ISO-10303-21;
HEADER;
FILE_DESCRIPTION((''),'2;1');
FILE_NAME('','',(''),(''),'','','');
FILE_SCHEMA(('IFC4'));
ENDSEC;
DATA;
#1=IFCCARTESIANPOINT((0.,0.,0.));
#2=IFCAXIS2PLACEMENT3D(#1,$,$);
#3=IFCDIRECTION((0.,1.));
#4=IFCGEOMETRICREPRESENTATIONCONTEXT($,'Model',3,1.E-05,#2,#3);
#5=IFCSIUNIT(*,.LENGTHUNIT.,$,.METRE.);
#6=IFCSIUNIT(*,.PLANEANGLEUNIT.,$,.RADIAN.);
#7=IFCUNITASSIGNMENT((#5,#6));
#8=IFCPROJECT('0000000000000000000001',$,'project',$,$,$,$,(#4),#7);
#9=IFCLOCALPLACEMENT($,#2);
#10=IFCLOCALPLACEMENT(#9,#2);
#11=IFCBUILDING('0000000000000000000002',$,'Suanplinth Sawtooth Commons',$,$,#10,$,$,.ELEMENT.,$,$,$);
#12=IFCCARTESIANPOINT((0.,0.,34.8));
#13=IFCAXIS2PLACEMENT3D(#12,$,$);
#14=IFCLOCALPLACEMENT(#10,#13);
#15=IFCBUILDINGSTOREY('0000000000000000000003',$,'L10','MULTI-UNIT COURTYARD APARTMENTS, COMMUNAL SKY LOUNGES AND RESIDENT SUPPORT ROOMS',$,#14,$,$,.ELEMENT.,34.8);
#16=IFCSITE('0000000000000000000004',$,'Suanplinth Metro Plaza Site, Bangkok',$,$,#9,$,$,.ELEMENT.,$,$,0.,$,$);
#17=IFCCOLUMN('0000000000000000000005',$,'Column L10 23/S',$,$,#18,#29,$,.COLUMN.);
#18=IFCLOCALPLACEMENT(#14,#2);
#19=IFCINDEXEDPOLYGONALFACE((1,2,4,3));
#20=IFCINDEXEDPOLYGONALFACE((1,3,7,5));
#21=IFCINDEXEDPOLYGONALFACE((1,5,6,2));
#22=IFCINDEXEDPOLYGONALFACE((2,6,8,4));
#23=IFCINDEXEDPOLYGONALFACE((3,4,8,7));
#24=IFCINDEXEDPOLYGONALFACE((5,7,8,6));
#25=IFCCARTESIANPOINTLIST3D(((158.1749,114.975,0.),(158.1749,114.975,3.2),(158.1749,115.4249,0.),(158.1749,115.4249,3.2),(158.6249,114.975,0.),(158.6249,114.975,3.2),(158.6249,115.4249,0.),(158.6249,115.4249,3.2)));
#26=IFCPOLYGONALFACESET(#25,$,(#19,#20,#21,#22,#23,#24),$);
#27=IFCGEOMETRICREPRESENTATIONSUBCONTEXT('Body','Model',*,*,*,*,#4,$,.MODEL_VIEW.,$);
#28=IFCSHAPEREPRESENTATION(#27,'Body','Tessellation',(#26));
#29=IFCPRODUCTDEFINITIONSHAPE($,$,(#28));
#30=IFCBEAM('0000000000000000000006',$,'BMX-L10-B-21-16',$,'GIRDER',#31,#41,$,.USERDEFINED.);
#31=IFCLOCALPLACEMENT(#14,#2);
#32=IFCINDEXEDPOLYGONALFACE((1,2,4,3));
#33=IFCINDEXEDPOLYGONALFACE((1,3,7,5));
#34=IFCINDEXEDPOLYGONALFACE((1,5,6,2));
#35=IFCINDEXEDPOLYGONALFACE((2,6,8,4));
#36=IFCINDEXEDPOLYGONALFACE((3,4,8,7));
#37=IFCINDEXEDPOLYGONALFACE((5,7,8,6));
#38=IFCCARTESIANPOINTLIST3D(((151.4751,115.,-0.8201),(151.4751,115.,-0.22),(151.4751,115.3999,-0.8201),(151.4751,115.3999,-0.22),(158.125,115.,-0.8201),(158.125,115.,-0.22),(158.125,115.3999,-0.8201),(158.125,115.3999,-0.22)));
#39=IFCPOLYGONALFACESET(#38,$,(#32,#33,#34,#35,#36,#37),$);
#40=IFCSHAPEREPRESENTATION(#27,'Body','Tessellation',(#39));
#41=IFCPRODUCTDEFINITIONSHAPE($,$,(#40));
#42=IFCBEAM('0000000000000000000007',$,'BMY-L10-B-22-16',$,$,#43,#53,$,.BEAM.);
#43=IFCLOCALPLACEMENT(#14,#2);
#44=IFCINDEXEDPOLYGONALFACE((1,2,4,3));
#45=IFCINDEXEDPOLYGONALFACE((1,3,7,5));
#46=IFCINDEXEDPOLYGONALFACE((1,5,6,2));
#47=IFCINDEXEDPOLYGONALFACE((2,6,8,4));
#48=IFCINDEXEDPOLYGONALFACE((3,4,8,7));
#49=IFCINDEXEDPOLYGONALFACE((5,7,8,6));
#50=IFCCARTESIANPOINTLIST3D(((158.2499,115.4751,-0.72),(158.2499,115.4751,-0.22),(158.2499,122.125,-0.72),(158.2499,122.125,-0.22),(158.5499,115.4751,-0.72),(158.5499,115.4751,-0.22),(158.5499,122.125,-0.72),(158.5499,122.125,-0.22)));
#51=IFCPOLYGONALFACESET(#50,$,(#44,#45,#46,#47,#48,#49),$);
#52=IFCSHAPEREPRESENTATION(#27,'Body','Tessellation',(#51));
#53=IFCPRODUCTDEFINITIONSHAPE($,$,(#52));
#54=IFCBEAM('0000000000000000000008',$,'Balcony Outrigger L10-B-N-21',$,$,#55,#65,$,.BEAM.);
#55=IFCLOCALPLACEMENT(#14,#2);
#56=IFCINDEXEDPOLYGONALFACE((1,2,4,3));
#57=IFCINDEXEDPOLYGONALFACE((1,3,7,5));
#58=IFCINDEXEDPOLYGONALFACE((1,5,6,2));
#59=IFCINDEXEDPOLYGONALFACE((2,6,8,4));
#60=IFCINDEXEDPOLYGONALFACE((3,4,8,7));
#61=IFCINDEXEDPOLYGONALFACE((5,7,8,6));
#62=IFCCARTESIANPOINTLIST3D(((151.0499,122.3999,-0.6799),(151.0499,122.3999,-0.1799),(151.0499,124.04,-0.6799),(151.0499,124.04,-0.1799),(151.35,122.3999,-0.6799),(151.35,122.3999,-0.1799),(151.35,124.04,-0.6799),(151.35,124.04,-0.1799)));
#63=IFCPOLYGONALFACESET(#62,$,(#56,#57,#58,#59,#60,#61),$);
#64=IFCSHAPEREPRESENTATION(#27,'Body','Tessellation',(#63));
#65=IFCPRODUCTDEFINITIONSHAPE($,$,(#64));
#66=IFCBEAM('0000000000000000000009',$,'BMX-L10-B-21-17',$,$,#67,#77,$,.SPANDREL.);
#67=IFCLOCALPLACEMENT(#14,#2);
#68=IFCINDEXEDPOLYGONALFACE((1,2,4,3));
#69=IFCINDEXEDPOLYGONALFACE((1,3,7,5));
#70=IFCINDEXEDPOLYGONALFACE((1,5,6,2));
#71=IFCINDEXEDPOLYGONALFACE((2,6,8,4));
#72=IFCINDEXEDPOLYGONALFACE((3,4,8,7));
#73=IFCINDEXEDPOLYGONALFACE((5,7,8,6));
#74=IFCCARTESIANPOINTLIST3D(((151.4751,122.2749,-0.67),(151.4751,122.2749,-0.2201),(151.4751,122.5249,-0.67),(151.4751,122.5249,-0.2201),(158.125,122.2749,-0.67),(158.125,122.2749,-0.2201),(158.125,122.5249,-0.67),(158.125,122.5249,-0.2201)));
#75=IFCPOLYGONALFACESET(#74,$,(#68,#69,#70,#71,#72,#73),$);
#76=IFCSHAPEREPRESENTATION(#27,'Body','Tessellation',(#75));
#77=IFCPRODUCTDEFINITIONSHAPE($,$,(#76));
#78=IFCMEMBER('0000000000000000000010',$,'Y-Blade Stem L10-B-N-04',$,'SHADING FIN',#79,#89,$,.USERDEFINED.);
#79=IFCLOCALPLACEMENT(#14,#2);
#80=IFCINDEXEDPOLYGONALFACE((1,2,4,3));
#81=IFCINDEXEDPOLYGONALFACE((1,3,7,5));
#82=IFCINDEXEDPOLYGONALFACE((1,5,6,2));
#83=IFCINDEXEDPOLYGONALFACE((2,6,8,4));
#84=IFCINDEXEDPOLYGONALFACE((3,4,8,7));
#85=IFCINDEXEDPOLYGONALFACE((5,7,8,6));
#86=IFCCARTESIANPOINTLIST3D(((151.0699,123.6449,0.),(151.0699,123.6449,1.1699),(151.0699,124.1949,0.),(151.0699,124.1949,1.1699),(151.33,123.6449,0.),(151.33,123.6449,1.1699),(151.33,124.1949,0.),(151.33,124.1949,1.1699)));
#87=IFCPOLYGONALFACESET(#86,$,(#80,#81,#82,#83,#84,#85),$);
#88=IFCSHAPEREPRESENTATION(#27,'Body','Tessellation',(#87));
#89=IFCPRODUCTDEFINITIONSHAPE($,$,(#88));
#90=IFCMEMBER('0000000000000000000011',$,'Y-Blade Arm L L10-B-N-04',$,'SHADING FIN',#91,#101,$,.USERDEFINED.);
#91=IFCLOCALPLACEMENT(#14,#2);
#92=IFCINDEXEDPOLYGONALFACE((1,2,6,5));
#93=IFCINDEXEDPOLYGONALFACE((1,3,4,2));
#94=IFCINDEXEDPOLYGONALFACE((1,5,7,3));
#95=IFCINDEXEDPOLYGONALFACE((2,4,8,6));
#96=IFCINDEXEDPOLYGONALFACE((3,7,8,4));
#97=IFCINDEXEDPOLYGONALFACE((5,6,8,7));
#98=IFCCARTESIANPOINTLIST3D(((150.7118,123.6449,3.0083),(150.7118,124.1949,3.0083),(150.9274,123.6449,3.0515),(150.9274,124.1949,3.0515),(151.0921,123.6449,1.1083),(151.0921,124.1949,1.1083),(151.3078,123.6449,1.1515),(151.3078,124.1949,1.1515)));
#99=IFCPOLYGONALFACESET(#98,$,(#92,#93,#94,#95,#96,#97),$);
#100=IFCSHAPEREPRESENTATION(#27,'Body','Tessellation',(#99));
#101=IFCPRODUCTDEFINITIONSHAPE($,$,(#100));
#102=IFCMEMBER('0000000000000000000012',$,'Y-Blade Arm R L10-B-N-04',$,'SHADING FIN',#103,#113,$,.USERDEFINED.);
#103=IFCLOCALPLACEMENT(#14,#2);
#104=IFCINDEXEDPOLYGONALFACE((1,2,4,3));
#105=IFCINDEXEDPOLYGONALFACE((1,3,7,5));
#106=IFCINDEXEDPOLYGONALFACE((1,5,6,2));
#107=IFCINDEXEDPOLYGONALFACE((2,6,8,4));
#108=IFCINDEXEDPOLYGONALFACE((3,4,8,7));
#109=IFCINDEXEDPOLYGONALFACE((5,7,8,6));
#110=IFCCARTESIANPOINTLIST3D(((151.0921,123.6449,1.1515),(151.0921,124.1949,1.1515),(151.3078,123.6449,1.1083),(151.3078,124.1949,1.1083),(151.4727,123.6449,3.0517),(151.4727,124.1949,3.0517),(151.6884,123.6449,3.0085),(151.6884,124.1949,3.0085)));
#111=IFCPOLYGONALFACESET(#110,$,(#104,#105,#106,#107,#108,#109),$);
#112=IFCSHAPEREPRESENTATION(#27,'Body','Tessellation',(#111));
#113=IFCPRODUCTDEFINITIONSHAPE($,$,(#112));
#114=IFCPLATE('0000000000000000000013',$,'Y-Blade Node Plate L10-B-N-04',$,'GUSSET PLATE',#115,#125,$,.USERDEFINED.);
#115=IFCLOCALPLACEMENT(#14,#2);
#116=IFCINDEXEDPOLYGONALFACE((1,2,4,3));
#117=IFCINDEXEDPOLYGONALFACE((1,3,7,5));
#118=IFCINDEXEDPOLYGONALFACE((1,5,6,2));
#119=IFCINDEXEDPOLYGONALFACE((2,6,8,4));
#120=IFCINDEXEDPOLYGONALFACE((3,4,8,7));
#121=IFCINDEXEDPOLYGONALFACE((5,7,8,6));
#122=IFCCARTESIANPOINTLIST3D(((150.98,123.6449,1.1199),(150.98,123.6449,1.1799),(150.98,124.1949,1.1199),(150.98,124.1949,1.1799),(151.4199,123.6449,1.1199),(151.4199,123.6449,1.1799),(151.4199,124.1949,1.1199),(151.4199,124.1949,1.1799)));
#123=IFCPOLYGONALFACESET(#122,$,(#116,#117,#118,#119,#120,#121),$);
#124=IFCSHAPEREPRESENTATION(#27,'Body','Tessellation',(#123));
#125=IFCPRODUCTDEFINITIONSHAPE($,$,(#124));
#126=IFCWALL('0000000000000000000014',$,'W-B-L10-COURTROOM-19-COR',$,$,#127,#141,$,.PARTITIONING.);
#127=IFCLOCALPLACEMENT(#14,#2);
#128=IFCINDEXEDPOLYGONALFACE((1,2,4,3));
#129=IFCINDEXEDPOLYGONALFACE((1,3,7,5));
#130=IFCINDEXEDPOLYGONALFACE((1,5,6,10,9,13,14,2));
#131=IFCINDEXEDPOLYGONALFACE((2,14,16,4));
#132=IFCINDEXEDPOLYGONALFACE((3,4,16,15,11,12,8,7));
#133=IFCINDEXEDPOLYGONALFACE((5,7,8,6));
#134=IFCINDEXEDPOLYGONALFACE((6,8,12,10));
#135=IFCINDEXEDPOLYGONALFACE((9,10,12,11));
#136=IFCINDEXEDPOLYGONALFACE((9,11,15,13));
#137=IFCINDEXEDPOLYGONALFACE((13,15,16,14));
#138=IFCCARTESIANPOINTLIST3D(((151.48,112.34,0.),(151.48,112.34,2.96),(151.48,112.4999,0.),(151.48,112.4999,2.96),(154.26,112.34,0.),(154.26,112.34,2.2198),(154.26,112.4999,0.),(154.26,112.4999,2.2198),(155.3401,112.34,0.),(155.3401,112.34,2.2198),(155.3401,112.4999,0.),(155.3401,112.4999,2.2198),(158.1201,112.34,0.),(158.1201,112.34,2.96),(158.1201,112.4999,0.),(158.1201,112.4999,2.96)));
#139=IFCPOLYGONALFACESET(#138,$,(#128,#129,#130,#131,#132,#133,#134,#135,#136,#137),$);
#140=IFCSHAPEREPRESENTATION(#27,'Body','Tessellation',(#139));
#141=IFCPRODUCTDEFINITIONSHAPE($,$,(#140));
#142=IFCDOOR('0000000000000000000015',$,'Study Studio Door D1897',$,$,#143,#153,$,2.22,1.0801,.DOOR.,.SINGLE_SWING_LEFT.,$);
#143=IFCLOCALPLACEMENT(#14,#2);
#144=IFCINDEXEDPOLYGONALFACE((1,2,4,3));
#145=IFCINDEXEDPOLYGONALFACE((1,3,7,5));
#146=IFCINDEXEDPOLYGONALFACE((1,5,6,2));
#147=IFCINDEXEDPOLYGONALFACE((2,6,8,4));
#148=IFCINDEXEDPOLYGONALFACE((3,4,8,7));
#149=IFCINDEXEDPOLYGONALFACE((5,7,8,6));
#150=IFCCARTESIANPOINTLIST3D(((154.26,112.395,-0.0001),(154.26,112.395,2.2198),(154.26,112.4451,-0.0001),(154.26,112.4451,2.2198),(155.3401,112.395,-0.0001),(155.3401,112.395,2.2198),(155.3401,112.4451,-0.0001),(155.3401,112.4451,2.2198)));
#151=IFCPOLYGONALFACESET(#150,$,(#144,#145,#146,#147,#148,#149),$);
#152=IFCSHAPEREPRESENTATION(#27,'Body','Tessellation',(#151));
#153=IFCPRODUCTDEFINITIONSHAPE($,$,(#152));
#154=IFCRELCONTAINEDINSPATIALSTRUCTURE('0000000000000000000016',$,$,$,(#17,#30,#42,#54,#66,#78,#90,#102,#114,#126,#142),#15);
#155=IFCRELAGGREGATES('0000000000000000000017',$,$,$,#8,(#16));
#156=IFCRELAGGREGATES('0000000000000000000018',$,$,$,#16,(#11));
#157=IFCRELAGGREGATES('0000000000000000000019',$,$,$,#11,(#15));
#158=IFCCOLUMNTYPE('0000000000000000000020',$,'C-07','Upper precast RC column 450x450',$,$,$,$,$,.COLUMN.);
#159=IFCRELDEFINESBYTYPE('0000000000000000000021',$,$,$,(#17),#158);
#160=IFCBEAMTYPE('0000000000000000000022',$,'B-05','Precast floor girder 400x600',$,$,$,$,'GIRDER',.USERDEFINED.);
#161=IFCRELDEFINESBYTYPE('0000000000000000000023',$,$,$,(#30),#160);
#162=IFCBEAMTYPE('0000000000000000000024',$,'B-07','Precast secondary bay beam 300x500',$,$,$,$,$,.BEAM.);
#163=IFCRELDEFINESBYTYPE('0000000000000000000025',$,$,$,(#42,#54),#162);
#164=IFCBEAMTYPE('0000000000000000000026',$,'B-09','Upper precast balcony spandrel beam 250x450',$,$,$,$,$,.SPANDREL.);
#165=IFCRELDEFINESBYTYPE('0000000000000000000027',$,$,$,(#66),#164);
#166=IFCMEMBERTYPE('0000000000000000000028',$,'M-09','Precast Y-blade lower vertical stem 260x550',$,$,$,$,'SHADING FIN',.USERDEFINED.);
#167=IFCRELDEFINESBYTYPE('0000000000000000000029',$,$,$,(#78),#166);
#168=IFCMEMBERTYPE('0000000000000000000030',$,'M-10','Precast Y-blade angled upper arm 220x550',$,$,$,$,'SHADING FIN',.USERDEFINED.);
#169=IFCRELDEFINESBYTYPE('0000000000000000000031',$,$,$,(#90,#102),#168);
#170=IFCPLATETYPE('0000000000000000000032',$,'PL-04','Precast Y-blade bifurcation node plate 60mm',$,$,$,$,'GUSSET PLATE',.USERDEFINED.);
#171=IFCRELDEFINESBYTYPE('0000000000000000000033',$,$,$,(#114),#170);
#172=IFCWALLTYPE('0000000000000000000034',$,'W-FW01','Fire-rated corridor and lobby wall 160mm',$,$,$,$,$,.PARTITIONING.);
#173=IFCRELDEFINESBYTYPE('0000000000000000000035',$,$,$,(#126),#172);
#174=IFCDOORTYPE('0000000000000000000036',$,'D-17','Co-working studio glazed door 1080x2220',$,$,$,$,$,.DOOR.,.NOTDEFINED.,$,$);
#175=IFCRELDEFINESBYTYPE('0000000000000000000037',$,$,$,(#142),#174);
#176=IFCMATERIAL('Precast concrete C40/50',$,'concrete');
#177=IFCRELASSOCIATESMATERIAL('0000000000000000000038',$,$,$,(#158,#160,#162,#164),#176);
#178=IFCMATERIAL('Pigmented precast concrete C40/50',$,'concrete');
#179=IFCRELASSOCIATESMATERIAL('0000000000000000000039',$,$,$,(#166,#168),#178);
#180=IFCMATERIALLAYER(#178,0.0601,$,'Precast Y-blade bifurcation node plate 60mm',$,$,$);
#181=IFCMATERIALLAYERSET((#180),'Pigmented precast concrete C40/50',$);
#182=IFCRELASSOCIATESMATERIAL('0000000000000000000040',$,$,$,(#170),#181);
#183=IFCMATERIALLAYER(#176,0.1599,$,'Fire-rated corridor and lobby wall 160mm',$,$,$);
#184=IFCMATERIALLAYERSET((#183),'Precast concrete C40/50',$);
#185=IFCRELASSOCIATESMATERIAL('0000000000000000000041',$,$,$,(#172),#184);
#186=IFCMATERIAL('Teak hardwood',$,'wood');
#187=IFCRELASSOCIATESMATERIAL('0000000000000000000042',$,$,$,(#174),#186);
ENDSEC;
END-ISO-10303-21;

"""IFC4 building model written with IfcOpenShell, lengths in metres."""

from ifc_helpers import new_model, si_unit, direction, frame, frame_2d, origin, origin_2d, place, context, subcontext, project, spatial, rectangle, extrude, material, layer, layer_set, material_profile, profile_set, type_object, element, fill, save


model = new_model("IFC4")

# Units and contexts
model_context = context("Model", 3, precision=1e-05, world=origin(), true_north=direction((0.0, 1.0)))
body_context = subcontext(model_context, "Body", "Model", "MODEL_VIEW")
ifc_project = project(units=[si_unit("LENGTHUNIT", "METRE"), si_unit("PLANEANGLEUNIT", "RADIAN")], contexts=[model_context])

# Site, building, storey
site_placement = place(None, origin())
site = spatial("IfcSite", under=ifc_project, at=site_placement, Name="Suanplinth Metro Plaza Site, Bangkok", CompositionType="ELEMENT", RefElevation=0.0)
building_placement = place(site_placement, origin())
building = spatial("IfcBuilding", under=site, at=building_placement, Name="Suanplinth Sawtooth Commons", CompositionType="ELEMENT")
storey_placement = place(building_placement, frame((0.0, 0.0, 34.8)))
storey = spatial("IfcBuildingStorey", under=building, at=storey_placement, Name="L10", Description="MULTI-UNIT COURTYARD APARTMENTS, COMMUNAL SKY LOUNGES AND RESIDENT SUPPORT ROOMS", CompositionType="ELEMENT", Elevation=34.8)

# Column
ifc_material_1 = material(Name="Precast concrete C40/50", Category="concrete")
ifc_material_profile_1 = material_profile(ifc_material_1, rectangle(XDim=0.45, YDim=0.45, at=origin_2d()), Name="PC-COL 450x450")
ifc_profile_set_1 = profile_set([ifc_material_profile_1], Name="Precast concrete C40/50")
column_type = type_object("IfcColumnType", Name="C-07", Description="Upper precast RC column 450x450", PredefinedType="COLUMN", material=ifc_profile_set_1)
column_placement = place(storey_placement, frame((158.3999, 115.2, 0.0), z_axis=(0.0, 0.0, 1.0), x_axis=(1.0, 0.0, 0.0)))
element("IfcColumn", 1, at=column_placement, inside=storey, type_object=column_type, Name="Column L10 23/S", PredefinedType="COLUMN", context=body_context, shape_type="SweptSolid", body=[
    extrude(rectangle(XDim=0.45, YDim=0.45, at=origin_2d()), origin(), (0.0, 0.0, 1.0), 3.2),
])

# Beams
ifc_material_profile_2 = material_profile(ifc_material_1, rectangle(XDim=0.3999, YDim=0.6001, at=origin_2d()), Name="PC-GDR 400x600")
ifc_profile_set_2 = profile_set([ifc_material_profile_2], Name="Precast concrete C40/50")
beam_type_1 = type_object("IfcBeamType", Name="B-05", Description="Precast floor girder 400x600", ElementType="GIRDER", PredefinedType="USERDEFINED", material=ifc_profile_set_2)
beam_1_placement = place(storey_placement, frame((151.4751, 115.2, -0.52), z_axis=(1.0, 0.0, 0.0), x_axis=(0.0, 1.0, 0.0)))
element("IfcBeam", 2, at=beam_1_placement, inside=storey, type_object=beam_type_1, Name="BMX-L10-B-21-16", ObjectType="GIRDER", PredefinedType="USERDEFINED", context=body_context, shape_type="SweptSolid", body=[
    extrude(rectangle(XDim=0.3999, YDim=0.6001, at=origin_2d()), origin(), (0.0, 0.0, 1.0), 6.6499),
])
ifc_material_profile_3 = material_profile(ifc_material_1, rectangle(XDim=0.3, YDim=0.5, at=origin_2d()), Name="PC-BM 300x500")
ifc_profile_set_3 = profile_set([ifc_material_profile_3], Name="Precast concrete C40/50")
beam_type_2 = type_object("IfcBeamType", Name="B-07", Description="Precast secondary bay beam 300x500", PredefinedType="BEAM", material=ifc_profile_set_3)
beam_2_placement = place(storey_placement, frame((158.3999, 115.4751, -0.47), z_axis=(0.0, 1.0, 0.0), x_axis=(-1.0, 0.0, 0.0)))
element("IfcBeam", 3, at=beam_2_placement, inside=storey, type_object=beam_type_2, Name="BMY-L10-B-22-16", PredefinedType="BEAM", context=body_context, shape_type="SweptSolid", body=[
    extrude(rectangle(XDim=0.3, YDim=0.5, at=origin_2d()), origin(), (0.0, 0.0, 1.0), 6.6499),
])
beam_3_placement = place(storey_placement, frame((151.2, 122.3999, -0.4299), z_axis=(0.0, 1.0, 0.0), x_axis=(-1.0, 0.0, 0.0)))
element("IfcBeam", 4, at=beam_3_placement, inside=storey, type_object=beam_type_2, Name="Balcony Outrigger L10-B-N-21", PredefinedType="BEAM", context=body_context, shape_type="SweptSolid", body=[
    extrude(rectangle(XDim=0.3, YDim=0.5, at=origin_2d()), origin(), (0.0, 0.0, 1.0), 1.6401),
])
ifc_material_profile_4 = material_profile(ifc_material_1, rectangle(XDim=0.25, YDim=0.45, at=origin_2d()), Name="PC-SP 250x450")
ifc_profile_set_4 = profile_set([ifc_material_profile_4], Name="Precast concrete C40/50")
beam_type_3 = type_object("IfcBeamType", Name="B-09", Description="Upper precast balcony spandrel beam 250x450", PredefinedType="SPANDREL", material=ifc_profile_set_4)
beam_4_placement = place(storey_placement, frame((151.4751, 122.3999, -0.4451), z_axis=(1.0, 0.0, 0.0), x_axis=(0.0, 1.0, 0.0)))
element("IfcBeam", 5, at=beam_4_placement, inside=storey, type_object=beam_type_3, Name="BMX-L10-B-21-17", PredefinedType="SPANDREL", context=body_context, shape_type="SweptSolid", body=[
    extrude(rectangle(XDim=0.25, YDim=0.45, at=origin_2d()), origin(), (0.0, 0.0, 1.0), 6.6499),
])

# Members
ifc_material_2 = material(Name="Pigmented precast concrete C40/50", Category="concrete")
ifc_material_profile_5 = material_profile(ifc_material_2, rectangle(XDim=0.26, YDim=0.55, at=origin_2d()), Name="PC-FIN 260x550")
ifc_profile_set_5 = profile_set([ifc_material_profile_5], Name="Pigmented precast concrete C40/50")
member_type_1 = type_object("IfcMemberType", Name="M-09", Description="Precast Y-blade lower vertical stem 260x550", ElementType="SHADING FIN", PredefinedType="USERDEFINED", material=ifc_profile_set_5)
member_1_placement = place(storey_placement, frame((151.2, 123.9199, 0.0), z_axis=(0.0, 0.0, 1.0), x_axis=(1.0, 0.0, 0.0)))
element("IfcMember", 6, at=member_1_placement, inside=storey, type_object=member_type_1, Name="Y-Blade Stem L10-B-N-04", ObjectType="SHADING FIN", PredefinedType="USERDEFINED", context=body_context, shape_type="SweptSolid", body=[
    extrude(rectangle(XDim=0.26, YDim=0.55, at=origin_2d()), origin(), (0.0, 0.0, 1.0), 1.1699),
])
ifc_material_profile_6 = material_profile(ifc_material_2, rectangle(XDim=0.22, YDim=0.55, at=origin_2d()), Name="PC-FIN 220x550")
ifc_profile_set_6 = profile_set([ifc_material_profile_6], Name="Pigmented precast concrete C40/50")
member_type_2 = type_object("IfcMemberType", Name="M-10", Description="Precast Y-blade angled upper arm 220x550", ElementType="SHADING FIN", PredefinedType="USERDEFINED", material=ifc_profile_set_6)
member_2_placement = place(storey_placement, frame((151.2, 123.9199, 1.1299), z_axis=(-0.196286, 0.0, 0.980547), x_axis=(0.980547, 0.0, 0.196286)))
element("IfcMember", 7, at=member_2_placement, inside=storey, type_object=member_type_2, Name="Y-Blade Arm L L10-B-N-04", ObjectType="SHADING FIN", PredefinedType="USERDEFINED", context=body_context, shape_type="SweptSolid", body=[
    extrude(rectangle(XDim=0.22, YDim=0.55, at=origin_2d()), origin(), (0.0, 0.0, 1.0), 1.9377),
])
member_3_placement = place(storey_placement, frame((151.2, 123.9199, 1.1299), z_axis=(0.196407, 0.0, 0.980522), x_axis=(-0.980522, 0.0, 0.196407)))
element("IfcMember", 8, at=member_3_placement, inside=storey, type_object=member_type_2, Name="Y-Blade Arm R L10-B-N-04", ObjectType="SHADING FIN", PredefinedType="USERDEFINED", context=body_context, shape_type="SweptSolid", body=[
    extrude(rectangle(XDim=0.22, YDim=0.55, at=origin_2d()), origin(), (0.0, 0.0, 1.0), 1.938),
])

# Plate
ifc_layer_1 = layer(ifc_material_2, 0.0601, Name="Precast Y-blade bifurcation node plate 60mm")
ifc_layer_set_1 = layer_set([ifc_layer_1], Name="Pigmented precast concrete C40/50")
plate_type = type_object("IfcPlateType", Name="PL-04", Description="Precast Y-blade bifurcation node plate 60mm", ElementType="GUSSET PLATE", PredefinedType="USERDEFINED", material=ifc_layer_set_1)
plate_placement = place(storey_placement, frame((151.2, 123.9199, 1.1199), z_axis=(0.0, 0.0, 1.0), x_axis=(1.0, 0.0, 0.0)))
element("IfcPlate", 9, at=plate_placement, inside=storey, type_object=plate_type, Name="Y-Blade Node Plate L10-B-N-04", ObjectType="GUSSET PLATE", PredefinedType="USERDEFINED", context=body_context, shape_type="SweptSolid", body=[
    extrude(rectangle(XDim=0.4399, YDim=0.55, at=origin_2d()), origin(), (0.0, 0.0, 1.0), 0.0601),
])

# Wall, opening, door
ifc_layer_2 = layer(ifc_material_1, 0.1599, Name="Fire-rated corridor and lobby wall 160mm")
ifc_layer_set_2 = layer_set([ifc_layer_2], Name="Precast concrete C40/50")
wall_type_1 = type_object("IfcWallType", Name="W-FW01", Description="Fire-rated corridor and lobby wall 160mm", PredefinedType="PARTITIONING", material=ifc_layer_set_2)
wall_1_placement = place(storey_placement, frame((151.48, 112.4199, 0.0), z_axis=(0.0, 0.0, 1.0), x_axis=(1.0, 0.0, 0.0)))
wall_1 = element("IfcWall", 10, at=wall_1_placement, inside=storey, type_object=wall_type_1, Name="W-B-L10-COURTROOM-19-COR", PredefinedType="PARTITIONING", context=body_context, shape_type="SweptSolid", body=[
    extrude(rectangle(XDim=6.6401, YDim=0.1599, at=frame_2d((3.3201, 0.0))), origin(), (0.0, 0.0, 1.0), 2.96),
])
opening_1_placement = place(wall_1_placement, frame((2.78, 0.0, 0.0)))
opening_1 = element("IfcOpeningElement", 11, at=opening_1_placement, cuts=wall_1, PredefinedType="OPENING", context=body_context, shape_type="SweptSolid", body=[
    extrude(rectangle(XDim=1.0801, YDim=2.22, at=frame_2d((0.54, 1.1099))), frame((0.0, 0.0947, 0.0), z_axis=(0.0, -1.0, 0.0), x_axis=(1.0, 0.0, 0.0)), (0.0, 0.0, 1.0), 0.1897),
])
ifc_material_3 = material(Name="Teak hardwood", Category="wood")
door_type_1 = type_object("IfcDoorType", Name="D-17", Description="Co-working studio glazed door 1080x2220", OperationType="NOTDEFINED", PredefinedType="DOOR", material=ifc_material_3)
door_1_placement = place(opening_1_placement, frame((1.0801, 0.0, 0.0), z_axis=(0.0, 0.0, 1.0), x_axis=(-1.0, 0.0, 0.0)))
door_1 = element("IfcDoor", 12, at=door_1_placement, inside=storey, type_object=door_type_1, Name="Study Studio Door D1897", OperationType="SINGLE_SWING_LEFT", OverallHeight=2.22, OverallWidth=1.0801, PredefinedType="DOOR", context=body_context, shape_type="SweptSolid", body=[
    extrude(rectangle(XDim=1.0801, YDim=2.22, at=frame_2d((0.54, 1.1099))), frame((0.0, 0.0249, 0.0), z_axis=(0.0, -1.0, 0.0), x_axis=(1.0, 0.0, 0.0)), (0.0, 0.0, 1.0), 0.05),
])
fill(opening_1, door_1)

save(model, "model.ifc")
